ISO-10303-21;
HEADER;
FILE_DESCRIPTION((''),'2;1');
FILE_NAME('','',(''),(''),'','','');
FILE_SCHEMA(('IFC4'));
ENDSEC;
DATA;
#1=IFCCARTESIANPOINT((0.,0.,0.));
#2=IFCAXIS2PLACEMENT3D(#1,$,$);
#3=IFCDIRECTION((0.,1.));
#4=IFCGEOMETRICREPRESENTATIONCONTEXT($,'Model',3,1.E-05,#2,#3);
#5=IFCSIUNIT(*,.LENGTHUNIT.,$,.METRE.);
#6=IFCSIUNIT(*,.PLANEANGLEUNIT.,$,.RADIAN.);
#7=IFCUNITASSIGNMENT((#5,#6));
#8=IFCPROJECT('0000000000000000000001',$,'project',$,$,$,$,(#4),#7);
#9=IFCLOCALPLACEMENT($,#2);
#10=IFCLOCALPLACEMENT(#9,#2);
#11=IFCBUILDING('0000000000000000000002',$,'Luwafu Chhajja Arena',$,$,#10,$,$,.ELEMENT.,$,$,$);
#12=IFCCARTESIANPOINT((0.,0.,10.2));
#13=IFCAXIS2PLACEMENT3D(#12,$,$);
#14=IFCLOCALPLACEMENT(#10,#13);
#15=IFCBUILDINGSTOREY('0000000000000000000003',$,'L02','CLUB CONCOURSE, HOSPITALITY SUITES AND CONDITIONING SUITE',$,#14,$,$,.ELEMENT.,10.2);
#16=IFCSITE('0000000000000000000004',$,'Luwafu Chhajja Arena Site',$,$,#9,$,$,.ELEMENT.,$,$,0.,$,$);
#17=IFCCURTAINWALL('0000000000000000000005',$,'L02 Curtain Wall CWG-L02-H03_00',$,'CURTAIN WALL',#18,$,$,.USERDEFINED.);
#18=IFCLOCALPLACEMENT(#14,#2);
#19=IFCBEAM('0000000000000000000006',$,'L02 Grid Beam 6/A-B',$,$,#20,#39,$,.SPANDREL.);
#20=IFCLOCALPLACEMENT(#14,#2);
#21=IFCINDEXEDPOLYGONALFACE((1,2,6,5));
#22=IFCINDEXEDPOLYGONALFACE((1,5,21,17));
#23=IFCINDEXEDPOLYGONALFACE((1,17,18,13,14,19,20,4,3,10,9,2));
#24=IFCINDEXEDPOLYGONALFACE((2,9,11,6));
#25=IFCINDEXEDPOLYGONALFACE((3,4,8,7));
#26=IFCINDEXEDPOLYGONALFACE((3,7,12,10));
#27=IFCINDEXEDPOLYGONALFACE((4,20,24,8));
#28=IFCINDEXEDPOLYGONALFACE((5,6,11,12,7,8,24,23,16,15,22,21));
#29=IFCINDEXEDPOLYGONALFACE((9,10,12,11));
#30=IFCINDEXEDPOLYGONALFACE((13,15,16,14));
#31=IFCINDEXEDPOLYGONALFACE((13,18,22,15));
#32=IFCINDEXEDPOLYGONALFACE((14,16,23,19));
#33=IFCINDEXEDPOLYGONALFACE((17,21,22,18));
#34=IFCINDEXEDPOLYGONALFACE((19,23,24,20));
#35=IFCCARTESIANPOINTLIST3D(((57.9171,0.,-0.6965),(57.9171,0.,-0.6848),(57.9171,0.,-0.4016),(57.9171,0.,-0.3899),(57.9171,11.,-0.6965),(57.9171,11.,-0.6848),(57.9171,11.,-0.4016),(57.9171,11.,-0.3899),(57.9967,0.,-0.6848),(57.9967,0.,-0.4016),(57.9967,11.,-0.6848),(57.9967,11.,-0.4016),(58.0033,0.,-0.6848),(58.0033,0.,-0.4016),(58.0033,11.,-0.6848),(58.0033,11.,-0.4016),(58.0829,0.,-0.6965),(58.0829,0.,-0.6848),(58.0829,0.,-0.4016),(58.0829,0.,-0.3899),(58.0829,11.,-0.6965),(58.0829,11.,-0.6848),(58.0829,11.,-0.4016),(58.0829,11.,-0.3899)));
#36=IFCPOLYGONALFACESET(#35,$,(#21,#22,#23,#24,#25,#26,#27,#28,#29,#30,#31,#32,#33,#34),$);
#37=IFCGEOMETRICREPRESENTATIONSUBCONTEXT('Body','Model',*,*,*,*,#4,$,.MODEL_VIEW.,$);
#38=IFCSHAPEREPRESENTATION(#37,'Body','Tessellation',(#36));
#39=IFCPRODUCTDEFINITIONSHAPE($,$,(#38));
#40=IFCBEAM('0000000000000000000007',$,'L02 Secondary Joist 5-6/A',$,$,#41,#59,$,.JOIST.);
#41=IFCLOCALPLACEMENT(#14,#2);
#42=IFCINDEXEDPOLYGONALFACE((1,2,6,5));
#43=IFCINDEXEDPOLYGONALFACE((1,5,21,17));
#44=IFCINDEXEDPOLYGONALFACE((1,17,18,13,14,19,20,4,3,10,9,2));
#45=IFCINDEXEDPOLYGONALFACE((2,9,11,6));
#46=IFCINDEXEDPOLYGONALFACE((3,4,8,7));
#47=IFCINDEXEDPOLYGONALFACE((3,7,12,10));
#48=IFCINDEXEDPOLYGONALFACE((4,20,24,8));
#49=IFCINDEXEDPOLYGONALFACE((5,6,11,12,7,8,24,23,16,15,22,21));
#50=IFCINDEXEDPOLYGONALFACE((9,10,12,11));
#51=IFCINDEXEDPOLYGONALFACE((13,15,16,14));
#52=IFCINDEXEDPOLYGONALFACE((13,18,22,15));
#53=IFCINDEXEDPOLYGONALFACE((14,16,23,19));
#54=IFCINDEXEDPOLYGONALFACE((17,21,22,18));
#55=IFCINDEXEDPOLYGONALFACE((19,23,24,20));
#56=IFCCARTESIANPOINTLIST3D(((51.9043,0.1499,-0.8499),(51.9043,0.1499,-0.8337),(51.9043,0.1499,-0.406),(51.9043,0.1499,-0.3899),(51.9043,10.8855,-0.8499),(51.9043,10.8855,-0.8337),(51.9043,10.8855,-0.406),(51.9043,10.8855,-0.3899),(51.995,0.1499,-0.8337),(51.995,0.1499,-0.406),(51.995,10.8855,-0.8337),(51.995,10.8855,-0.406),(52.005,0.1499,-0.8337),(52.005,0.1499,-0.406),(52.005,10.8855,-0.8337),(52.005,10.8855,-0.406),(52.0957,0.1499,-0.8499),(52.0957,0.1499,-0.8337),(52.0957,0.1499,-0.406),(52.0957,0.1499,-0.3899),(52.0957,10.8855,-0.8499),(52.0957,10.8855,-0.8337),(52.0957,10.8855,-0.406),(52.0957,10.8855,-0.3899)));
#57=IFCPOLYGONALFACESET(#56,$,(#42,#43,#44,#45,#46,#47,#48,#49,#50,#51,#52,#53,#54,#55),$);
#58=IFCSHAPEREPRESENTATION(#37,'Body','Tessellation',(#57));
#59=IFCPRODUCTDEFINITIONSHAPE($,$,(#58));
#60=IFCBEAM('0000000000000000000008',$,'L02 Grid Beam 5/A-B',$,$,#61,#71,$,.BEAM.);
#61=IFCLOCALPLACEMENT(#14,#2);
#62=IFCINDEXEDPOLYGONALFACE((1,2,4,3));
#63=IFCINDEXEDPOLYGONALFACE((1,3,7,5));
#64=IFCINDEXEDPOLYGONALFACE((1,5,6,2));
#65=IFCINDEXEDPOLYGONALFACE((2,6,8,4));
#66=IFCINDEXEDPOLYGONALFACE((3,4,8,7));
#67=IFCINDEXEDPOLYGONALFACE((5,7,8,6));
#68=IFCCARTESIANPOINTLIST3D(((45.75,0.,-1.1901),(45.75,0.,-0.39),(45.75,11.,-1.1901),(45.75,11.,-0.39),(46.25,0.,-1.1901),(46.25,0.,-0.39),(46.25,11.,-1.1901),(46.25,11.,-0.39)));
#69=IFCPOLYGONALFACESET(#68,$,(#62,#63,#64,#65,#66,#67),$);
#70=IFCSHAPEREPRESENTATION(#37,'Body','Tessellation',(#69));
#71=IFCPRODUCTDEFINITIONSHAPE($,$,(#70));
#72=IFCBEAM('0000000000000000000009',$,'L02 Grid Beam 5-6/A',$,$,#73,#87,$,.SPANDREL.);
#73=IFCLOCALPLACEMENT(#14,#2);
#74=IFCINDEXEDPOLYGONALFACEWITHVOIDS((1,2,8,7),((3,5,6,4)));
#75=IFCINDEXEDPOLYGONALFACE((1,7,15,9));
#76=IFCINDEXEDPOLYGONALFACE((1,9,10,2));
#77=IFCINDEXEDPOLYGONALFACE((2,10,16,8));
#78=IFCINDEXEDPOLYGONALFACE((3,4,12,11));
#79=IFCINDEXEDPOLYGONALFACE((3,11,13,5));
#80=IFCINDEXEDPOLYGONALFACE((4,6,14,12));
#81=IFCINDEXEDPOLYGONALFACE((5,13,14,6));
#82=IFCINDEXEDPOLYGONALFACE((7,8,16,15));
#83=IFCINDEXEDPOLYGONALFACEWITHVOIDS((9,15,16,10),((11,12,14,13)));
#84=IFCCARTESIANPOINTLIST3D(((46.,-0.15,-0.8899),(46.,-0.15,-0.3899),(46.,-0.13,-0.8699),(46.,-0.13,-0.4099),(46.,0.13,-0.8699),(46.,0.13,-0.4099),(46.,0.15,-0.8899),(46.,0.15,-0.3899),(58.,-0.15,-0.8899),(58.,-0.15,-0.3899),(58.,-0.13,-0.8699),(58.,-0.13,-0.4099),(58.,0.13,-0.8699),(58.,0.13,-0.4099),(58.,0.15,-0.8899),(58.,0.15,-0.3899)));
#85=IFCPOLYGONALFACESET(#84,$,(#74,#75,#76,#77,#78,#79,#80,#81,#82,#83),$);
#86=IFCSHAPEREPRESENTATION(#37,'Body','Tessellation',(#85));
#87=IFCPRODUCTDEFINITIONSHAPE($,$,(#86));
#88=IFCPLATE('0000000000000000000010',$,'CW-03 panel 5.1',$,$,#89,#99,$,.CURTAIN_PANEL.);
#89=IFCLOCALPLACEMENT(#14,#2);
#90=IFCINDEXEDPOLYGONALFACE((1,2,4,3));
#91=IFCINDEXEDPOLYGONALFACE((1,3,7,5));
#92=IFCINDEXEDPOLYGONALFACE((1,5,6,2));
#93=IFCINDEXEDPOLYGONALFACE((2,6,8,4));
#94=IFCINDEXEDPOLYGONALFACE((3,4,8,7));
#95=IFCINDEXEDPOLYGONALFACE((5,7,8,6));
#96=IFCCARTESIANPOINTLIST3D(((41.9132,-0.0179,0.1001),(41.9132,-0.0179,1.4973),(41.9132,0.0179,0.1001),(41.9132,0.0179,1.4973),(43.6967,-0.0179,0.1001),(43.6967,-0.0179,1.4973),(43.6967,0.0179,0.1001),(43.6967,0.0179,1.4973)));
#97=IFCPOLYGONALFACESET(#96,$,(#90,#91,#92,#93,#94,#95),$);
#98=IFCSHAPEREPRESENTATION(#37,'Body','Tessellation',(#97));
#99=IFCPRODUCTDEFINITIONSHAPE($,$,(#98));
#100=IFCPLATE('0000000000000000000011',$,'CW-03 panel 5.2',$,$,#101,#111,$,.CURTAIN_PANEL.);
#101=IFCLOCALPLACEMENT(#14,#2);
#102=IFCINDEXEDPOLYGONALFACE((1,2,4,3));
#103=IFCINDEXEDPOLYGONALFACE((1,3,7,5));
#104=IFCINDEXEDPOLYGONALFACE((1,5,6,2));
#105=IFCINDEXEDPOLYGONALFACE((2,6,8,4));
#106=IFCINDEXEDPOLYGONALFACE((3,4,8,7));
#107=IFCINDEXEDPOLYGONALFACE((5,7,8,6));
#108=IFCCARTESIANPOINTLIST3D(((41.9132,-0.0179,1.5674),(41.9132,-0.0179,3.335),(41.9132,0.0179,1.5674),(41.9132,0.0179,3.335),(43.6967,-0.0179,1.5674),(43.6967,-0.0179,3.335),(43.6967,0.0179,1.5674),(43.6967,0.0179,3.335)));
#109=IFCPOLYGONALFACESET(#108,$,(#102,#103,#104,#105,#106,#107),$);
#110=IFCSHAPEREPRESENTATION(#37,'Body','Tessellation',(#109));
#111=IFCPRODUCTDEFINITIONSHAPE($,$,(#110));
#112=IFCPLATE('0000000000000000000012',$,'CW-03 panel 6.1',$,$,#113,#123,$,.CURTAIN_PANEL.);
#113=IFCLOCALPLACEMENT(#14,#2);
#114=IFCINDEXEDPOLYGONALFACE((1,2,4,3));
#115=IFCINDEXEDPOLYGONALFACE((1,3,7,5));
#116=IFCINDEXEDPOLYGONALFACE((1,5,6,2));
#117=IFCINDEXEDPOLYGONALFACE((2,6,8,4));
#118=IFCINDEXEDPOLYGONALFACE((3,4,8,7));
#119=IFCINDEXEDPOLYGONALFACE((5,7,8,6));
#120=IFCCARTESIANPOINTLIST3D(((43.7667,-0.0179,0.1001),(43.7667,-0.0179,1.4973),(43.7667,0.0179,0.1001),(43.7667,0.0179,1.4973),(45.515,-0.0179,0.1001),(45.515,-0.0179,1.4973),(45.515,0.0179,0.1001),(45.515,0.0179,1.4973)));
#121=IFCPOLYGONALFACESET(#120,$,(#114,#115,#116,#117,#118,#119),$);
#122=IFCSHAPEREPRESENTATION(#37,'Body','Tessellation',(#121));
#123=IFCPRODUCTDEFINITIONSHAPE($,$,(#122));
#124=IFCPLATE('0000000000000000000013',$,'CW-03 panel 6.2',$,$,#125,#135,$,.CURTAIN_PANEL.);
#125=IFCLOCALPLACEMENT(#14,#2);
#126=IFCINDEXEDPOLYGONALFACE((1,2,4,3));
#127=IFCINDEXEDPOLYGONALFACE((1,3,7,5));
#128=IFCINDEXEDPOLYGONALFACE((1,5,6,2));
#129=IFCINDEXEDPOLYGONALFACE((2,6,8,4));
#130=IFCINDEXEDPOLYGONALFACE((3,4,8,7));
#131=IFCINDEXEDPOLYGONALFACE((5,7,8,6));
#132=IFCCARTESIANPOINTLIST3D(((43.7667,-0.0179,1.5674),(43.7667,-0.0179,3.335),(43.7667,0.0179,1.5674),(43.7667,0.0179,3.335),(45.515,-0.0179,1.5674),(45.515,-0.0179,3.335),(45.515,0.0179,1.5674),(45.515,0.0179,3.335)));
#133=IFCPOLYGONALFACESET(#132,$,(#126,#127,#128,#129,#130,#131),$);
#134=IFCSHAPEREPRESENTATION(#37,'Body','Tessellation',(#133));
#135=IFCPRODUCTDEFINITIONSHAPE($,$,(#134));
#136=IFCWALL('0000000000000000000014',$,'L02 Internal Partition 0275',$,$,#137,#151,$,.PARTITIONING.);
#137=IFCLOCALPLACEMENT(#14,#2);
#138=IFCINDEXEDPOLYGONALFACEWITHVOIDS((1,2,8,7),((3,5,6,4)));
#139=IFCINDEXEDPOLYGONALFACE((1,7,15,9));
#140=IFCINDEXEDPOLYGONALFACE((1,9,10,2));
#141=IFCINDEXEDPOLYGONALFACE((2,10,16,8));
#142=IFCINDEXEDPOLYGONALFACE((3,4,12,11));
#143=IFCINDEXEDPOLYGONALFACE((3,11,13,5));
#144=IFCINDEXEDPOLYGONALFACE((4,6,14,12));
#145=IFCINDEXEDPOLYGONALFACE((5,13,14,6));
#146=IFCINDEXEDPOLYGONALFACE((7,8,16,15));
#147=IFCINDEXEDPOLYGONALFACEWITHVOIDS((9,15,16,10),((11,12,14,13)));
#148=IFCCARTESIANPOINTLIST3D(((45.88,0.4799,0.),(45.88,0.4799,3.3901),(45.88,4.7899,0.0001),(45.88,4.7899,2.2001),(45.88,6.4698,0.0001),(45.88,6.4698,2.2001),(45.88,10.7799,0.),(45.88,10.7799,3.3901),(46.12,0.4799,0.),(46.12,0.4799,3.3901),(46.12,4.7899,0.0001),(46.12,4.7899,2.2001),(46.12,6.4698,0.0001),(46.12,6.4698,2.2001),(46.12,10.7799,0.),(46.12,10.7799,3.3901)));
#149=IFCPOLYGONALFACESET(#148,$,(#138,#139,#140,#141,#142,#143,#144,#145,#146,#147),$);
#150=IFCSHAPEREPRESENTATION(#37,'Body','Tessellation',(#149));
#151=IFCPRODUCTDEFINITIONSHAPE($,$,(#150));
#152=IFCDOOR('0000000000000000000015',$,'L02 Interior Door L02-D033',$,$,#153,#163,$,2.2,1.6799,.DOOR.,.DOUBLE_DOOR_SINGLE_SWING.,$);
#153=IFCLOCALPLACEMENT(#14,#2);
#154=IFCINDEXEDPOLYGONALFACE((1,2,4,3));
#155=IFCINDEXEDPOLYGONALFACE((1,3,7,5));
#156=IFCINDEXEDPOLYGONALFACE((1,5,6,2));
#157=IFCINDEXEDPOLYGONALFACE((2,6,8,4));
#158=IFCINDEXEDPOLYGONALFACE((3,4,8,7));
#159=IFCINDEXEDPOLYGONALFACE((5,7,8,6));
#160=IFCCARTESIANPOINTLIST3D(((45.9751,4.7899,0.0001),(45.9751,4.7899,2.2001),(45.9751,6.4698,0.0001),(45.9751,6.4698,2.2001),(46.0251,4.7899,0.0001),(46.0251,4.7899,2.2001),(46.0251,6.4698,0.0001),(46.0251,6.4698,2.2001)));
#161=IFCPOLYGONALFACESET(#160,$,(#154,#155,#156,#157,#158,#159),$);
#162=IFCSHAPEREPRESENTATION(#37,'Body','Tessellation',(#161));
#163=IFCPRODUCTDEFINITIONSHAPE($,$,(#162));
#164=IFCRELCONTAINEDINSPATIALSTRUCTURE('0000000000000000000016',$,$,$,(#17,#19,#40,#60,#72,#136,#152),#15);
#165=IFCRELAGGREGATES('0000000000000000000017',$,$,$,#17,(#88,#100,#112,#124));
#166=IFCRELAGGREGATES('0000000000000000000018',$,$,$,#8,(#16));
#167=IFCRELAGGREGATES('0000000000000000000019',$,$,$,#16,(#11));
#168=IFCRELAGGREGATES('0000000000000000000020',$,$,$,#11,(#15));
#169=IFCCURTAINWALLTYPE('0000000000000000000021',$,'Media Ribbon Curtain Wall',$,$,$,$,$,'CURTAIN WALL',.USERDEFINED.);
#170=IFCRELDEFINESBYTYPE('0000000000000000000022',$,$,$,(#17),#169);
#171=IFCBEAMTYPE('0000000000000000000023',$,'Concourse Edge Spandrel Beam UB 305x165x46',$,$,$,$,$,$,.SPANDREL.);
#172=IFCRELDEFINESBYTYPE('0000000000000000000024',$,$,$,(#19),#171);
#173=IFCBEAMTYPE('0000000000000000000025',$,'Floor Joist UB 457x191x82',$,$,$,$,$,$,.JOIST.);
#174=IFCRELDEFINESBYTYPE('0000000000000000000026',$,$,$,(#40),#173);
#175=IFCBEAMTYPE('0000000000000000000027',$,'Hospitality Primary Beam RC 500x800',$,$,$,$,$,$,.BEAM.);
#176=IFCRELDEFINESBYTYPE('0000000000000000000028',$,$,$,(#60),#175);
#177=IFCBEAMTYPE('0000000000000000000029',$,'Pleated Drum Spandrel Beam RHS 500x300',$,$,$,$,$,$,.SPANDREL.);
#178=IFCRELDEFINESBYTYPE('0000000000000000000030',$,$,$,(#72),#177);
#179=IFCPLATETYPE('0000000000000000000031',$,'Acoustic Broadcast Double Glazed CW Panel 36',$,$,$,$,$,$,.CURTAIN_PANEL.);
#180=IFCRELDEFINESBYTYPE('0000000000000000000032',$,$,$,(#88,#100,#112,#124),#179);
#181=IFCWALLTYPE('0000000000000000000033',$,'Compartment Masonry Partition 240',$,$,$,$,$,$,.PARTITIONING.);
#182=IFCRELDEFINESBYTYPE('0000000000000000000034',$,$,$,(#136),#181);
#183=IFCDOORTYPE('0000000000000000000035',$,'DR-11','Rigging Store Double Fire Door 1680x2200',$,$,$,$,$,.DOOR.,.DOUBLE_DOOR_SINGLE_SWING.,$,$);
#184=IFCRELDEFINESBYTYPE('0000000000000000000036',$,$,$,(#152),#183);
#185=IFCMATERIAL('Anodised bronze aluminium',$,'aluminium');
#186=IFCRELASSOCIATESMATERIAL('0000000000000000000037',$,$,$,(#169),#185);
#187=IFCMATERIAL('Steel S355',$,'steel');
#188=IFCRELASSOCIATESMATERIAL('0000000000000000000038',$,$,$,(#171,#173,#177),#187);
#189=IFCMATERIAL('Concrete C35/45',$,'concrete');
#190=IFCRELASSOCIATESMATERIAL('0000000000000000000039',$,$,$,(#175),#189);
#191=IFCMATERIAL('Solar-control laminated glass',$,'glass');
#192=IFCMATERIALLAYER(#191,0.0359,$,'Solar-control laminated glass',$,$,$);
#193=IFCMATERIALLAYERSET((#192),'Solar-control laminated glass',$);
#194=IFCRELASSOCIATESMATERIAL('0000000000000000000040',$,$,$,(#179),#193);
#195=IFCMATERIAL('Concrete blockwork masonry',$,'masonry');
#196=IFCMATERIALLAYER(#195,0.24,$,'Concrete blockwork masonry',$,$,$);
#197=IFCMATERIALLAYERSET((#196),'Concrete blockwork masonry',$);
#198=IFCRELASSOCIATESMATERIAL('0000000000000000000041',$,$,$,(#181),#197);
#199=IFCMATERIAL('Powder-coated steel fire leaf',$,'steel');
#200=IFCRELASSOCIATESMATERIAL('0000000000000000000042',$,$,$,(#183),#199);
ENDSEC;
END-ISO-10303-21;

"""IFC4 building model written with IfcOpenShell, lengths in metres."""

from ifc_helpers import new_model, si_unit, direction, frame, frame_2d, origin, origin_2d, place, context, subcontext, project, spatial, rectangle, hollow_rectangle, i_section, extrude, material, layer, layer_set, material_profile, profile_set, type_object, element, fill, aggregate, save


model = new_model("IFC4")

# Units and contexts
model_context = context("Model", 3, precision=1e-05, world=origin(), true_north=direction((0.0, 1.0)))
body_context = subcontext(model_context, "Body", "Model", "MODEL_VIEW")
ifc_project = project(units=[si_unit("LENGTHUNIT", "METRE"), si_unit("PLANEANGLEUNIT", "RADIAN")], contexts=[model_context])

# Site, building, storey
site_placement = place(None, origin())
site = spatial("IfcSite", under=ifc_project, at=site_placement, Name="Luwafu Chhajja Arena Site", CompositionType="ELEMENT", RefElevation=0.0)
building_placement = place(site_placement, origin())
building = spatial("IfcBuilding", under=site, at=building_placement, Name="Luwafu Chhajja Arena", CompositionType="ELEMENT")
storey_placement = place(building_placement, frame((0.0, 0.0, 10.2)))
storey = spatial("IfcBuildingStorey", under=building, at=storey_placement, Name="L02", Description="CLUB CONCOURSE, HOSPITALITY SUITES AND CONDITIONING SUITE", CompositionType="ELEMENT", Elevation=10.2)

# Shared definitions
ifc_material_1 = material(Name="Concrete C35/45", Category="concrete")

# Shared definitions
ifc_material_2 = material(Name="Anodised bronze aluminium", Category="aluminium")

# Curtain wall
curtain_wall_type_1 = type_object("IfcCurtainWallType", Name="Media Ribbon Curtain Wall", ElementType="CURTAIN WALL", PredefinedType="USERDEFINED", material=ifc_material_2)
curtain_wall_1_placement = place(storey_placement, origin())
curtain_wall_1 = element("IfcCurtainWall", 1, at=curtain_wall_1_placement, inside=storey, type_object=curtain_wall_type_1, Name="L02 Curtain Wall CWG-L02-H03_00", ObjectType="CURTAIN WALL", PredefinedType="USERDEFINED")

# Beams
ifc_material_3 = material(Name="Steel S355", Category="steel")
ifc_material_profile_1 = material_profile(ifc_material_3, i_section(OverallWidth=0.1658, OverallDepth=0.3066, WebThickness=0.0066, FlangeThickness=0.0117, at=origin_2d()), Name="UB 305x165x46")
ifc_profile_set_1 = profile_set([ifc_material_profile_1], Name="Steel S355")
beam_type_1 = type_object("IfcBeamType", Name="Concourse Edge Spandrel Beam UB 305x165x46", PredefinedType="SPANDREL", material=ifc_profile_set_1)
beam_1_placement = place(storey_placement, frame((58.0, 0.0, -0.5432), z_axis=(0.0, 1.0, 0.0), x_axis=(-1.0, 0.0, 0.0)))
element("IfcBeam", 2, at=beam_1_placement, inside=storey, type_object=beam_type_1, Name="L02 Grid Beam 6/A-B", PredefinedType="SPANDREL", context=body_context, shape_type="SweptSolid", body=[
    extrude(i_section(OverallWidth=0.1658, OverallDepth=0.3066, WebThickness=0.0066, FlangeThickness=0.0117, at=origin_2d()), origin(), (0.0, 0.0, 1.0), 11.0),
])
ifc_material_profile_2 = material_profile(ifc_material_3, i_section(OverallWidth=0.1914, OverallDepth=0.46, WebThickness=0.01, FlangeThickness=0.0161, at=origin_2d()), Name="UB 457x191x82")
ifc_profile_set_2 = profile_set([ifc_material_profile_2], Name="Steel S355")
beam_type_2 = type_object("IfcBeamType", Name="Floor Joist UB 457x191x82", PredefinedType="JOIST", material=ifc_profile_set_2)
beam_2_placement = place(storey_placement, frame((52.0, 0.1499, -0.6199), z_axis=(0.0, 1.0, 0.0), x_axis=(-1.0, 0.0, 0.0)))
element("IfcBeam", 3, at=beam_2_placement, inside=storey, type_object=beam_type_2, Name="L02 Secondary Joist 5-6/A", PredefinedType="JOIST", context=body_context, shape_type="SweptSolid", body=[
    extrude(i_section(OverallWidth=0.1914, OverallDepth=0.46, WebThickness=0.01, FlangeThickness=0.0161, at=origin_2d()), origin(), (0.0, 0.0, 1.0), 10.7356),
])
ifc_material_profile_3 = material_profile(ifc_material_1, rectangle(XDim=0.5, YDim=0.8, at=origin_2d()), Name="RC 500x800")
ifc_profile_set_3 = profile_set([ifc_material_profile_3], Name="Concrete C35/45")
beam_type_3 = type_object("IfcBeamType", Name="Hospitality Primary Beam RC 500x800", PredefinedType="BEAM", material=ifc_profile_set_3)
beam_3_placement = place(storey_placement, frame((46.0, 0.0, -0.79), z_axis=(0.0, 1.0, 0.0), x_axis=(-1.0, 0.0, 0.0)))
element("IfcBeam", 4, at=beam_3_placement, inside=storey, type_object=beam_type_3, Name="L02 Grid Beam 5/A-B", PredefinedType="BEAM", context=body_context, shape_type="SweptSolid", body=[
    extrude(rectangle(XDim=0.5, YDim=0.8, at=origin_2d()), origin(), (0.0, 0.0, 1.0), 11.0),
])
ifc_material_profile_4 = material_profile(ifc_material_3, hollow_rectangle(XDim=0.3, YDim=0.5, WallThickness=0.02, at=origin_2d()), Name="RHS 500x300x20")
ifc_profile_set_4 = profile_set([ifc_material_profile_4], Name="Steel S355")
beam_type_4 = type_object("IfcBeamType", Name="Pleated Drum Spandrel Beam RHS 500x300", PredefinedType="SPANDREL", material=ifc_profile_set_4)
beam_4_placement = place(storey_placement, frame((46.0, 0.0, -0.6399), z_axis=(1.0, 0.0, 0.0), x_axis=(0.0, 1.0, 0.0)))
element("IfcBeam", 5, at=beam_4_placement, inside=storey, type_object=beam_type_4, Name="L02 Grid Beam 5-6/A", PredefinedType="SPANDREL", context=body_context, shape_type="SweptSolid", body=[
    extrude(hollow_rectangle(XDim=0.3, YDim=0.5, WallThickness=0.02, at=origin_2d()), origin(), (0.0, 0.0, 1.0), 12.0),
])

# Plates
ifc_material_4 = material(Name="Solar-control laminated glass", Category="glass")
ifc_layer_1 = layer(ifc_material_4, 0.0359, Name="Solar-control laminated glass")
ifc_layer_set_1 = layer_set([ifc_layer_1], Name="Solar-control laminated glass")
plate_type = type_object("IfcPlateType", Name="Acoustic Broadcast Double Glazed CW Panel 36", PredefinedType="CURTAIN_PANEL", material=ifc_layer_set_1)
plate_1_placement = place(storey_placement, frame((42.8049, 0.0, 0.1001), z_axis=(0.0, 0.0, 1.0), x_axis=(1.0, 0.0, 0.0)))
plate_1 = element("IfcPlate", 6, at=plate_1_placement, type_object=plate_type, Name="CW-03 panel 5.1", PredefinedType="CURTAIN_PANEL", context=body_context, shape_type="SweptSolid", body=[
    extrude(rectangle(XDim=1.7834, YDim=0.0359, at=origin_2d()), origin(), (0.0, 0.0, 1.0), 1.3972),
])
plate_2_placement = place(storey_placement, frame((42.8049, 0.0, 1.5674), z_axis=(0.0, 0.0, 1.0), x_axis=(1.0, 0.0, 0.0)))
plate_2 = element("IfcPlate", 7, at=plate_2_placement, type_object=plate_type, Name="CW-03 panel 5.2", PredefinedType="CURTAIN_PANEL", context=body_context, shape_type="SweptSolid", body=[
    extrude(rectangle(XDim=1.7834, YDim=0.0359, at=origin_2d()), origin(), (0.0, 0.0, 1.0), 1.7676),
])
plate_3_placement = place(storey_placement, frame((44.6409, 0.0, 0.1001), z_axis=(0.0, 0.0, 1.0), x_axis=(1.0, 0.0, 0.0)))
plate_3 = element("IfcPlate", 8, at=plate_3_placement, type_object=plate_type, Name="CW-03 panel 6.1", PredefinedType="CURTAIN_PANEL", context=body_context, shape_type="SweptSolid", body=[
    extrude(rectangle(XDim=1.7483, YDim=0.0359, at=origin_2d()), origin(), (0.0, 0.0, 1.0), 1.3972),
])
plate_4_placement = place(storey_placement, frame((44.6409, 0.0, 1.5674), z_axis=(0.0, 0.0, 1.0), x_axis=(1.0, 0.0, 0.0)))
plate_4 = element("IfcPlate", 9, at=plate_4_placement, type_object=plate_type, Name="CW-03 panel 6.2", PredefinedType="CURTAIN_PANEL", context=body_context, shape_type="SweptSolid", body=[
    extrude(rectangle(XDim=1.7483, YDim=0.0359, at=origin_2d()), origin(), (0.0, 0.0, 1.0), 1.7676),
])
aggregate(curtain_wall_1, [plate_1, plate_2, plate_3, plate_4])

# Wall, opening, door
ifc_material_5 = material(Name="Concrete blockwork masonry", Category="masonry")
ifc_layer_2 = layer(ifc_material_5, 0.24, Name="Concrete blockwork masonry")
ifc_layer_set_2 = layer_set([ifc_layer_2], Name="Concrete blockwork masonry")
wall_type_1 = type_object("IfcWallType", Name="Compartment Masonry Partition 240", PredefinedType="PARTITIONING", material=ifc_layer_set_2)
wall_1_placement = place(storey_placement, frame((46.0, 0.48, 0.0), z_axis=(0.0, 0.0, 1.0), x_axis=(0.0, 1.0, 0.0)))
wall_1 = element("IfcWall", 10, at=wall_1_placement, inside=storey, type_object=wall_type_1, Name="L02 Internal Partition 0275", PredefinedType="PARTITIONING", context=body_context, shape_type="SweptSolid", body=[
    extrude(rectangle(XDim=10.3, YDim=0.24, at=frame_2d((5.1499, 0.0))), origin(), (0.0, 0.0, 1.0), 3.3901),
])
opening_1_placement = place(wall_1_placement, frame((4.3101, 0.0, 0.0)))
opening_1 = element("IfcOpeningElement", 11, at=opening_1_placement, cuts=wall_1, PredefinedType="OPENING", context=body_context, shape_type="SweptSolid", body=[
    extrude(rectangle(XDim=1.6799, YDim=2.2, at=frame_2d((0.8398, 1.1001))), frame((0.0, 0.1299, 0.0), z_axis=(0.0, -1.0, 0.0), x_axis=(1.0, 0.0, 0.0)), (0.0, 0.0, 1.0), 0.26),
])
ifc_material_6 = material(Name="Powder-coated steel fire leaf", Category="steel")
door_type = type_object("IfcDoorType", Name="DR-11", Description="Rigging Store Double Fire Door 1680x2200", OperationType="DOUBLE_DOOR_SINGLE_SWING", PredefinedType="DOOR", material=ifc_material_6)
door_placement = place(opening_1_placement, origin())
door = element("IfcDoor", 12, at=door_placement, inside=storey, type_object=door_type, Name="L02 Interior Door L02-D033", OperationType="DOUBLE_DOOR_SINGLE_SWING", OverallHeight=2.2, OverallWidth=1.6799, PredefinedType="DOOR", context=body_context, shape_type="SweptSolid", body=[
    extrude(rectangle(XDim=1.6799, YDim=2.2, at=frame_2d((0.8398, 1.1001))), frame((0.0, 0.0249, 0.0), z_axis=(0.0, -1.0, 0.0), x_axis=(1.0, 0.0, 0.0)), (0.0, 0.0, 1.0), 0.05),
])
fill(opening_1, door)

save(model, "model.ifc")
